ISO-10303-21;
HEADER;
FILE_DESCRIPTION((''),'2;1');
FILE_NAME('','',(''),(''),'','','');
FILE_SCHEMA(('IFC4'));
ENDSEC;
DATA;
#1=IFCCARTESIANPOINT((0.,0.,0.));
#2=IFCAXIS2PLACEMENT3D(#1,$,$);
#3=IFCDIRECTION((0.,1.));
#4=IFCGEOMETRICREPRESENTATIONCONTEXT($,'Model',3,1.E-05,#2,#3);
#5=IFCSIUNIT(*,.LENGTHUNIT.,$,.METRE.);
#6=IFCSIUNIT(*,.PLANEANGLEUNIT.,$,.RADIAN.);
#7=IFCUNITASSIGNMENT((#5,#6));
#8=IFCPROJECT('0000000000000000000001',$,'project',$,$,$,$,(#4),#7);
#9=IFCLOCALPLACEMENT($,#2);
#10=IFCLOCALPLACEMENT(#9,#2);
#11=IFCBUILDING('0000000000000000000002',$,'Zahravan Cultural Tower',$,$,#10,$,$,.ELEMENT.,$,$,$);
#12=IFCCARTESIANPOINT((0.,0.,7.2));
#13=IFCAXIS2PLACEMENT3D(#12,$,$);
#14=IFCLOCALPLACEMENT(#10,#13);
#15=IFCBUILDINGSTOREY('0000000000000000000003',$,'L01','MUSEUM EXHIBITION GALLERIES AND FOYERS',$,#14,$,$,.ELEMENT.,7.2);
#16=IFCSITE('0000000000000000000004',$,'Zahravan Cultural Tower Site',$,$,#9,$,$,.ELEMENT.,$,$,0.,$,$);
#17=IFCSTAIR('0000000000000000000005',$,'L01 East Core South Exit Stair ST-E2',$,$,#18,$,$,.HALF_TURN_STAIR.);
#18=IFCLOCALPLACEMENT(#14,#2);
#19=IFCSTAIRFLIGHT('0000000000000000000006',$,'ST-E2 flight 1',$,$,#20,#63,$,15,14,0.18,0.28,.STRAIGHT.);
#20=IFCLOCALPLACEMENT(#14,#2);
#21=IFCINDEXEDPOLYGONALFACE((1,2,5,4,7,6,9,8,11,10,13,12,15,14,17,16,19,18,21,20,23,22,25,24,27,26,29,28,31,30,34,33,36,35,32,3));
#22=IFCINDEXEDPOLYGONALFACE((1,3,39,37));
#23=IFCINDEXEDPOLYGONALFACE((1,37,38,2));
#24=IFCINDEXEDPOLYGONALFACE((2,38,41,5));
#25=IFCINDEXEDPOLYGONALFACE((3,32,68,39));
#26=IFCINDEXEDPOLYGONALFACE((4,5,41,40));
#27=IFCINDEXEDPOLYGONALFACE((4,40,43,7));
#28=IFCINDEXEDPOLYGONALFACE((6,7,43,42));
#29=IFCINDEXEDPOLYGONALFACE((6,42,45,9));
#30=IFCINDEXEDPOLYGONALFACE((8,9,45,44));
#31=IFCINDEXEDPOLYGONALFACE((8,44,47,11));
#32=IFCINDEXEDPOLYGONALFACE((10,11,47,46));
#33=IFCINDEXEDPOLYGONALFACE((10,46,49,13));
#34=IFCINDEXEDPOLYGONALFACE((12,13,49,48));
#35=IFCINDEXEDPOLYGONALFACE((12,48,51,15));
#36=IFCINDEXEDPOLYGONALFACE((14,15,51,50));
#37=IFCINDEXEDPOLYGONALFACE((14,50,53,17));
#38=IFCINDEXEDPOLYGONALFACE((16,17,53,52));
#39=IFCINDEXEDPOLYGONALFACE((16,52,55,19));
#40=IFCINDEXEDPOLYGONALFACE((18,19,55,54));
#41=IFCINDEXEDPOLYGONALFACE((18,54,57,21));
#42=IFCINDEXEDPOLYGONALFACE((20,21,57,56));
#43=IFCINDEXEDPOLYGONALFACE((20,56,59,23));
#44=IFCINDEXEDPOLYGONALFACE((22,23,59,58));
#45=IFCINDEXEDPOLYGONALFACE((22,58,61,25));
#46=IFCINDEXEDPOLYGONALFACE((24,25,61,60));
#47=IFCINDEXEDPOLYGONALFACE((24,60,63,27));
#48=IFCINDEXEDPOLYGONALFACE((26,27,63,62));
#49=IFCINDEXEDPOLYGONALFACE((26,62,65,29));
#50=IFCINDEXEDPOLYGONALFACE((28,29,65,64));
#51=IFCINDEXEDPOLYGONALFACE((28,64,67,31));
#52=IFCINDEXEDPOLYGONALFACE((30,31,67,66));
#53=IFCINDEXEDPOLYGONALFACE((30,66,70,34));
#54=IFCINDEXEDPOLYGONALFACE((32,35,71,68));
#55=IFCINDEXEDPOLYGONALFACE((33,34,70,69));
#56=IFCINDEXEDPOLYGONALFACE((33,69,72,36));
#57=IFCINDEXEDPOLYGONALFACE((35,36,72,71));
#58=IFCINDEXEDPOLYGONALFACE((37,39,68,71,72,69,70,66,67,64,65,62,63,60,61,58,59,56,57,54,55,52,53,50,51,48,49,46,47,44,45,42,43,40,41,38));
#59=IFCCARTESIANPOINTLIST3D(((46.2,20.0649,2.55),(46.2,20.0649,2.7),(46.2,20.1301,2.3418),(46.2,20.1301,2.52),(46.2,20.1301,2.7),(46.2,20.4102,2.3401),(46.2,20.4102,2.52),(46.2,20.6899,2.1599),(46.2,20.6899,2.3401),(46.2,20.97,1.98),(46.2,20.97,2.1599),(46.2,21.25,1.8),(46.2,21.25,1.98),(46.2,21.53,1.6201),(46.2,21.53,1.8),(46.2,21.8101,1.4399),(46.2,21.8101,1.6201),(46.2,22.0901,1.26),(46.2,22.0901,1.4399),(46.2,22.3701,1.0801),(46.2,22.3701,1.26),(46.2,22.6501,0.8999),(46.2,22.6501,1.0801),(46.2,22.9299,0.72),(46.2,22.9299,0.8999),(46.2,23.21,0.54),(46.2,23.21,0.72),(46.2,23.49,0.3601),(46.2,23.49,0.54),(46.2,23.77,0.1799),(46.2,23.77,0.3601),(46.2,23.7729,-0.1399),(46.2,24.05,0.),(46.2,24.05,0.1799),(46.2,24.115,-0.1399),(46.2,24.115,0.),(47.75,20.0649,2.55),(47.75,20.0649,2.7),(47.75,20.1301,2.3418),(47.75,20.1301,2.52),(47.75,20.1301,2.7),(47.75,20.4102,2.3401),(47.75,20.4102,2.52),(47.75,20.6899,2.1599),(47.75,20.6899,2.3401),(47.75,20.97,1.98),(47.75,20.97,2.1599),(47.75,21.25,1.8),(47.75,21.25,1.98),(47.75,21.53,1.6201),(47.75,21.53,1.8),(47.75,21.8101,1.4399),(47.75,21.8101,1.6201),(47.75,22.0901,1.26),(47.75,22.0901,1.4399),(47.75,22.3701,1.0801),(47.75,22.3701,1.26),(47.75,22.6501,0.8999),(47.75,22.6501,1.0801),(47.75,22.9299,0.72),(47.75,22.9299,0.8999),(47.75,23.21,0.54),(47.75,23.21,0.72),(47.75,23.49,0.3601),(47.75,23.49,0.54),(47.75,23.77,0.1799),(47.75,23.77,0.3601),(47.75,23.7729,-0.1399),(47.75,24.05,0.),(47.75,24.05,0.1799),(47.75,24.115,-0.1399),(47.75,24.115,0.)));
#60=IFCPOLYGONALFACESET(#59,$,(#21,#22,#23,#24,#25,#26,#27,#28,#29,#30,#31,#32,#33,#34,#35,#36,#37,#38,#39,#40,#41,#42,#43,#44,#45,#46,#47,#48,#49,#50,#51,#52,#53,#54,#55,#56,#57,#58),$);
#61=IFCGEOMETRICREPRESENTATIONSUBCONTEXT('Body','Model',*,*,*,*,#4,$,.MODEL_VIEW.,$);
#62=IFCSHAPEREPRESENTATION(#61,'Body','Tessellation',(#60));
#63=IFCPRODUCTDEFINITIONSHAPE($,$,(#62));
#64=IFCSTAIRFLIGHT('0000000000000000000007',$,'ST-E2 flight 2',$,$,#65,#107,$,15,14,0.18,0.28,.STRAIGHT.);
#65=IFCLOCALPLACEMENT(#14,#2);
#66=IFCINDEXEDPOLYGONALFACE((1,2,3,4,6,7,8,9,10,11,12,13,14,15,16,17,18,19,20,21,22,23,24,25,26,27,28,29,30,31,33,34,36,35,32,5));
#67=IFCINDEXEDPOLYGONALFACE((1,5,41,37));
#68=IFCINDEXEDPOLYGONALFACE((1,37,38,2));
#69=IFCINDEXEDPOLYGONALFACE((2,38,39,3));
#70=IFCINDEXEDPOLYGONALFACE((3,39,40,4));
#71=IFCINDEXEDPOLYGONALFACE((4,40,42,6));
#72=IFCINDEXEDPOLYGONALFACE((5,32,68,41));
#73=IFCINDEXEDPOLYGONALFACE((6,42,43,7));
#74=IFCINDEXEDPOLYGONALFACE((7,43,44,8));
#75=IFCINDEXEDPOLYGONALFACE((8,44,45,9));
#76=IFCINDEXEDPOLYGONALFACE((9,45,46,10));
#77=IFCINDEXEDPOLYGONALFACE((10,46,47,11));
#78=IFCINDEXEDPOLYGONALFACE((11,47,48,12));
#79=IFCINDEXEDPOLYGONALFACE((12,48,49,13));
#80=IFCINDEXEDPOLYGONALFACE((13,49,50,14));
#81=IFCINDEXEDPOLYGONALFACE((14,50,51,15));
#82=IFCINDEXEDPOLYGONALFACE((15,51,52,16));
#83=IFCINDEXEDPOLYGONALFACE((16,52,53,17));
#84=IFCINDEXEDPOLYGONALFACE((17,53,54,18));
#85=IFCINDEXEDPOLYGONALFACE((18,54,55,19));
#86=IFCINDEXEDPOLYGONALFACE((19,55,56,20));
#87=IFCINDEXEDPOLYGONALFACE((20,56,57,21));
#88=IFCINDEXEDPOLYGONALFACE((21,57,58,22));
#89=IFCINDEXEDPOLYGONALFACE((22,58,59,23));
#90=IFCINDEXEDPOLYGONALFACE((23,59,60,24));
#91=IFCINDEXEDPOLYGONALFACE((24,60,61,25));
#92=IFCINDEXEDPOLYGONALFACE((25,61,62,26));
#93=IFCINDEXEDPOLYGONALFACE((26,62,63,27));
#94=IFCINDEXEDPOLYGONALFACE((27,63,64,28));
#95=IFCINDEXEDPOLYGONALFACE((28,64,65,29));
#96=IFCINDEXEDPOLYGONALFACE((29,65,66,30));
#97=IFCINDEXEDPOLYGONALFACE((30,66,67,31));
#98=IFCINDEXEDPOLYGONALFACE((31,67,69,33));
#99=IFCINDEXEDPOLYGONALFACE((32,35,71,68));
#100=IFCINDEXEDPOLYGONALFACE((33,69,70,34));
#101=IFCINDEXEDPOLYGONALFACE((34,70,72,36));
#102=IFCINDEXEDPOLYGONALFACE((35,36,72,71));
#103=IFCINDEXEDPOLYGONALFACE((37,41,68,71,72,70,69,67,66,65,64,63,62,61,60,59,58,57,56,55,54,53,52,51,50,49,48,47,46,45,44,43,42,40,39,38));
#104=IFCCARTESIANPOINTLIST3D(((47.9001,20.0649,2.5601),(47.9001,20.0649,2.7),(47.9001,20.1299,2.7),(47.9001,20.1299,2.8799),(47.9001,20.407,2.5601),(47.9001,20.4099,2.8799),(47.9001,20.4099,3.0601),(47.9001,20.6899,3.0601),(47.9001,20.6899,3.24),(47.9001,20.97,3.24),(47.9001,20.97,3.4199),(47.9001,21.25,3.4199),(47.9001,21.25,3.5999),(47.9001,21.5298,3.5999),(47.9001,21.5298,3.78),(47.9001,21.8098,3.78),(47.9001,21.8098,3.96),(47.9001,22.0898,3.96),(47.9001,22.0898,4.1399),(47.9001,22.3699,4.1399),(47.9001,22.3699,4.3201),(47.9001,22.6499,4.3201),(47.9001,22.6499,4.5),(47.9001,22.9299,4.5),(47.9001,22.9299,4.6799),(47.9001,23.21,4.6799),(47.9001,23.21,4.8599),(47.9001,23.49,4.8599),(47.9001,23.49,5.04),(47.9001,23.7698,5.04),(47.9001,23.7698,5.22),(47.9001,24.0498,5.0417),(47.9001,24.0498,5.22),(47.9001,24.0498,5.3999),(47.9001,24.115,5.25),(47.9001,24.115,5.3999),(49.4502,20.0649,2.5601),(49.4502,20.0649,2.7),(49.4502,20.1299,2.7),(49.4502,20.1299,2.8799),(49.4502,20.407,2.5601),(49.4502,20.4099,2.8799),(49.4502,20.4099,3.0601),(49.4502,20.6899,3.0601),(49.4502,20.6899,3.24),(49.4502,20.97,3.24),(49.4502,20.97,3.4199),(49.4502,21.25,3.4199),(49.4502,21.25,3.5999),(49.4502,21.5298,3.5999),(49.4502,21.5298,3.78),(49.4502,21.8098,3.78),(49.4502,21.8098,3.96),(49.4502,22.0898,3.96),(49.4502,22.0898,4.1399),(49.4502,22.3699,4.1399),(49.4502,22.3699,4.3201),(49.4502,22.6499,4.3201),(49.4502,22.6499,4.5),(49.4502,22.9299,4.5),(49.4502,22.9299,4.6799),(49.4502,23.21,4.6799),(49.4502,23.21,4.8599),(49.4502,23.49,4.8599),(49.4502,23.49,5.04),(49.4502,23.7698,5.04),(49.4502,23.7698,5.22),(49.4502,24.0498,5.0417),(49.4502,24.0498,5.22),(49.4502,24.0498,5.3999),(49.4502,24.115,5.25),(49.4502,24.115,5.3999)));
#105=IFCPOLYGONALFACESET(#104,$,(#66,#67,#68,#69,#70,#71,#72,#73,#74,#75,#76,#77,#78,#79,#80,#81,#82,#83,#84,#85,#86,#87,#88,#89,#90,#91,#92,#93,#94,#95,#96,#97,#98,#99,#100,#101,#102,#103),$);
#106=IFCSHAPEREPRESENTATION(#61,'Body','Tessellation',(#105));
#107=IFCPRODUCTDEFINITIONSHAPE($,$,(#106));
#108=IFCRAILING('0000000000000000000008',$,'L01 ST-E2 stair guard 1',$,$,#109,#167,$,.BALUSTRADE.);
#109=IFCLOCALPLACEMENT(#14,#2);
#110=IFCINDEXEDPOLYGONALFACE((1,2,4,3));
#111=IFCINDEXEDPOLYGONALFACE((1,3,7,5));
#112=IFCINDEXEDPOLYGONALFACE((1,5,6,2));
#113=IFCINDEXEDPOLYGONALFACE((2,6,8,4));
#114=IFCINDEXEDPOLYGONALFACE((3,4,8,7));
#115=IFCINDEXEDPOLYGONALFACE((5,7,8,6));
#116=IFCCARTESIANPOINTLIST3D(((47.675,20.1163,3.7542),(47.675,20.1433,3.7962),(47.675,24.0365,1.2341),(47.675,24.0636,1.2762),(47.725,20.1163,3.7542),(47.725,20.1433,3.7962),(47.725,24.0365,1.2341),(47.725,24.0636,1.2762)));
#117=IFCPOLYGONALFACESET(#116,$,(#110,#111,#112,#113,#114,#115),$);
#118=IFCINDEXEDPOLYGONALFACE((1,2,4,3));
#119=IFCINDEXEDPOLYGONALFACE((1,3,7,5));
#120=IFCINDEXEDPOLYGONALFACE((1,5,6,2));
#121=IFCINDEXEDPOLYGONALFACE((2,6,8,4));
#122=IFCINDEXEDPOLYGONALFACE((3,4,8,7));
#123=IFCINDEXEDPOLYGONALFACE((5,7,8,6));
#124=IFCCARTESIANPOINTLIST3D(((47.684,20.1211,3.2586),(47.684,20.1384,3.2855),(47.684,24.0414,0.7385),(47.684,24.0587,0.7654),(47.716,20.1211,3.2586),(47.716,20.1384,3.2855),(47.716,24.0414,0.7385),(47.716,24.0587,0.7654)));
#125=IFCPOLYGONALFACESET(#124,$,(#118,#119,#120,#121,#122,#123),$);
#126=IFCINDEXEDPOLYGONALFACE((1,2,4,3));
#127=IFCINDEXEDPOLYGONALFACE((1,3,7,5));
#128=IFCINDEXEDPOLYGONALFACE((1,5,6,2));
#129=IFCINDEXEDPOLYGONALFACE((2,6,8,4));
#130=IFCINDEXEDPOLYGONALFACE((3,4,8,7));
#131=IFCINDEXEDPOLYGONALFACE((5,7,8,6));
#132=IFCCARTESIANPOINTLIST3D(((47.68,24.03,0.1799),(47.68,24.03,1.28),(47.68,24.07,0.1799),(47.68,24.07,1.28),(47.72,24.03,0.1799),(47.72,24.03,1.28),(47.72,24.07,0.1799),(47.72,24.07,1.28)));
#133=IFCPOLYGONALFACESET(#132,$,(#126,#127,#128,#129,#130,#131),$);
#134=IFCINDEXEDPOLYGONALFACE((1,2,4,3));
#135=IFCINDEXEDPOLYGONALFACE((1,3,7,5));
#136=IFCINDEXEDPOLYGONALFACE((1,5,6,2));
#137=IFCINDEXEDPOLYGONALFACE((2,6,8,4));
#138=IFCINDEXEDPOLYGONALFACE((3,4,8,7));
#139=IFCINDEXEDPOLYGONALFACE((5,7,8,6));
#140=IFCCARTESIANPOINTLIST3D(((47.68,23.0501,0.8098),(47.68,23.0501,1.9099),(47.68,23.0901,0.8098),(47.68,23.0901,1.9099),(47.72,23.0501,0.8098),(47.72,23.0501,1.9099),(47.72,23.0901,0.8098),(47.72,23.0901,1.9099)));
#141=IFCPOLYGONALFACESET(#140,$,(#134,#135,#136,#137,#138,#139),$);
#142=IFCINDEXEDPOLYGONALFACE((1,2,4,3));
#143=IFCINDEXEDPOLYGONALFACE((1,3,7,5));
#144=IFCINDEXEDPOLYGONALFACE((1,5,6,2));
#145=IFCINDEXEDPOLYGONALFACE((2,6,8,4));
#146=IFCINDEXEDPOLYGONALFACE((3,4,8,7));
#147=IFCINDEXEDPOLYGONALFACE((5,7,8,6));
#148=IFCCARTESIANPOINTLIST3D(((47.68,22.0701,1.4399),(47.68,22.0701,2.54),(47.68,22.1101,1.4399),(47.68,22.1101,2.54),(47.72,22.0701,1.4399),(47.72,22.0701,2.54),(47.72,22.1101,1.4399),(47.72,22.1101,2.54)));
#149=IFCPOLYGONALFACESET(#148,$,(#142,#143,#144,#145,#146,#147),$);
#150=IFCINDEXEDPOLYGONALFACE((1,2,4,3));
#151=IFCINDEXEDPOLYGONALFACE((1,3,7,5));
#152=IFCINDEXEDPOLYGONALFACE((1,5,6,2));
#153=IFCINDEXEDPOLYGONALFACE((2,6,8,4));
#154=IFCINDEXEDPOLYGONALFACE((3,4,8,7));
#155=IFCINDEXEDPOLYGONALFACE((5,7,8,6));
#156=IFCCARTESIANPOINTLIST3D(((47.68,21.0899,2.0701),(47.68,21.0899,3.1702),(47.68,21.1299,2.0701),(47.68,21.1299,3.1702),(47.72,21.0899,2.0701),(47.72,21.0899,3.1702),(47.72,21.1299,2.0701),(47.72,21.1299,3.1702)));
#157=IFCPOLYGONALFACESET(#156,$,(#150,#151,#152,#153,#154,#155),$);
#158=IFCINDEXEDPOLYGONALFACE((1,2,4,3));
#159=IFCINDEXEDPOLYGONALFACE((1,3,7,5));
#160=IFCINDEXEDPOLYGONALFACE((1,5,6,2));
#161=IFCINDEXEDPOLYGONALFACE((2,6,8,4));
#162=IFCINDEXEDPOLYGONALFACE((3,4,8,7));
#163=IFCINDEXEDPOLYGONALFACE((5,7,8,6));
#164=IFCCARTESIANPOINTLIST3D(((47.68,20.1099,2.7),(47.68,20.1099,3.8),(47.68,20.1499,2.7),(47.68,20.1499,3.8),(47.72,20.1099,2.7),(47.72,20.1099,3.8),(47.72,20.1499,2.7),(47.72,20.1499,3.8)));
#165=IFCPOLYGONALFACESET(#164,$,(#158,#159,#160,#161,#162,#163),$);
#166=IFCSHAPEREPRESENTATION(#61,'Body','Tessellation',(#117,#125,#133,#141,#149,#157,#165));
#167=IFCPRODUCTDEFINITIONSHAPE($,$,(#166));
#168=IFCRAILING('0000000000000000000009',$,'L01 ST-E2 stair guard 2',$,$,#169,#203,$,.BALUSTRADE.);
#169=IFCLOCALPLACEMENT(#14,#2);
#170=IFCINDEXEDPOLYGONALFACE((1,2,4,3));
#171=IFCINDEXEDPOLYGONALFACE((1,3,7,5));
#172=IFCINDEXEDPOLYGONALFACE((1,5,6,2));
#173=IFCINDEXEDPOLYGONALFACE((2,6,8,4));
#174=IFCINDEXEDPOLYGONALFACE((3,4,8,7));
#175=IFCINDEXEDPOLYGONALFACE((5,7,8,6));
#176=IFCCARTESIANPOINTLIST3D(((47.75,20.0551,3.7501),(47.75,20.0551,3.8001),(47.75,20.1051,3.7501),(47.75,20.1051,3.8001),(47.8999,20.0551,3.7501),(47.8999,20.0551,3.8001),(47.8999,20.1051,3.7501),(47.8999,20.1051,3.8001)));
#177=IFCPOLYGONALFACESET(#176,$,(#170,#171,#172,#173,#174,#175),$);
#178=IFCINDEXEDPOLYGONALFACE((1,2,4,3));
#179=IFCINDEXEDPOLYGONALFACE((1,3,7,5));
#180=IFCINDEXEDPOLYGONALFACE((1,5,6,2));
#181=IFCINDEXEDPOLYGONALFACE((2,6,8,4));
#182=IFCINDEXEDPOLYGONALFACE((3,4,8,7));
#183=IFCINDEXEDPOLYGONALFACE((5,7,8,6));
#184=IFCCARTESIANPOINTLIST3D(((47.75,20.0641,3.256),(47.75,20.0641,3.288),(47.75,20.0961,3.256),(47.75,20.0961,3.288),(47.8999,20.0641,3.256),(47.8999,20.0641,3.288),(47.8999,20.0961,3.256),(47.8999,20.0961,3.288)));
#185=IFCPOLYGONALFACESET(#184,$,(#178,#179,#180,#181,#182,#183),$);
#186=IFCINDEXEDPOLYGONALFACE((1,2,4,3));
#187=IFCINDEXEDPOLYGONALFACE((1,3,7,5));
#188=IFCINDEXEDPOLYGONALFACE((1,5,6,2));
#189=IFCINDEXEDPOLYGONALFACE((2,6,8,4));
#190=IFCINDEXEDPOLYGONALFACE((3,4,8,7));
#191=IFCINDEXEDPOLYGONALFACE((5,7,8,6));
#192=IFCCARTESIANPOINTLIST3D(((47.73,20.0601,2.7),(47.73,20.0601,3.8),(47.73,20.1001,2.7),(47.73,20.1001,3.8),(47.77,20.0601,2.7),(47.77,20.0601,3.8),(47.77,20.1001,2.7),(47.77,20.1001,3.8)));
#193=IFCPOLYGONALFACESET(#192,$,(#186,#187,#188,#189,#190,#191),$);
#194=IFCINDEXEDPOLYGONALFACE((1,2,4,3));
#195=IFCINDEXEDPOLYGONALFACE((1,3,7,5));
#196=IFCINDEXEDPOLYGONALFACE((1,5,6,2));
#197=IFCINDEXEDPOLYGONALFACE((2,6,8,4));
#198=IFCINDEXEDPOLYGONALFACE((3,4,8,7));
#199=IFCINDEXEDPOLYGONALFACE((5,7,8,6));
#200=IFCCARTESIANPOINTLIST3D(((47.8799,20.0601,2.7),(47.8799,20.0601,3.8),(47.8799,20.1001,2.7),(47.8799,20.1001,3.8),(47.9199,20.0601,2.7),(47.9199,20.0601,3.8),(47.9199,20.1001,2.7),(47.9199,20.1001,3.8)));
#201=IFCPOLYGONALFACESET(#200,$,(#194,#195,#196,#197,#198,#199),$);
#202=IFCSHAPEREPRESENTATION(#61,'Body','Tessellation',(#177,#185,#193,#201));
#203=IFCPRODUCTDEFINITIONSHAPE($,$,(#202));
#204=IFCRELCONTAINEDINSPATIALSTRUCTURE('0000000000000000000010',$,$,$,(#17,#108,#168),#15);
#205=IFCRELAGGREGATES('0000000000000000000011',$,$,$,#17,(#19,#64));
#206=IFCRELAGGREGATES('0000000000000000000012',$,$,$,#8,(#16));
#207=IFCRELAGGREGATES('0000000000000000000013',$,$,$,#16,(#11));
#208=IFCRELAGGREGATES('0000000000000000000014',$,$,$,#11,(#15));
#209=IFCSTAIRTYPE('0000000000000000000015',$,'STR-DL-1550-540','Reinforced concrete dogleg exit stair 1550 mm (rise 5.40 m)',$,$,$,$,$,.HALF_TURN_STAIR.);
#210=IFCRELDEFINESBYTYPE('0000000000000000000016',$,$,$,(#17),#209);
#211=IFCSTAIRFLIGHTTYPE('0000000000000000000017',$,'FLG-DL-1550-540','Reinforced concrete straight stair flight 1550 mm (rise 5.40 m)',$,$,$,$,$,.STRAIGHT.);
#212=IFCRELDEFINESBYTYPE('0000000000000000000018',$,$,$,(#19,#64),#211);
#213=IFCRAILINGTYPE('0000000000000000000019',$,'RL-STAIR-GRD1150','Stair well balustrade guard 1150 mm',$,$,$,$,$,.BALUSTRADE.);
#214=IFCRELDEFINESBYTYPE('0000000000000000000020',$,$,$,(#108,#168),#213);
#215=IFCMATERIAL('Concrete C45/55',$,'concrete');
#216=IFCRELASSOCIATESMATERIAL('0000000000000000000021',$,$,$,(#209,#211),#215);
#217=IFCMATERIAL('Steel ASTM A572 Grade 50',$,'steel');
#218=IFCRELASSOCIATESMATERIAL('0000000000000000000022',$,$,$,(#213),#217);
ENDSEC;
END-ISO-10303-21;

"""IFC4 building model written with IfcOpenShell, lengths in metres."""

from ifc_helpers import new_model, si_unit, direction, frame, origin, origin_2d, place, context, subcontext, project, spatial, polyline, rectangle, outline, extrude, material, type_object, element, aggregate, save


model = new_model("IFC4")

# Units and contexts
model_context = context("Model", 3, precision=1e-05, world=origin(), true_north=direction((0.0, 1.0)))
body_context = subcontext(model_context, "Body", "Model", "MODEL_VIEW")
ifc_project = project(units=[si_unit("LENGTHUNIT", "METRE"), si_unit("PLANEANGLEUNIT", "RADIAN")], contexts=[model_context])

# Site, building, storey
site_placement = place(None, origin())
site = spatial("IfcSite", under=ifc_project, at=site_placement, Name="Zahravan Cultural Tower Site", CompositionType="ELEMENT", RefElevation=0.0)
building_placement = place(site_placement, origin())
building = spatial("IfcBuilding", under=site, at=building_placement, Name="Zahravan Cultural Tower", CompositionType="ELEMENT")
storey_placement = place(building_placement, frame((0.0, 0.0, 7.2)))
storey = spatial("IfcBuildingStorey", under=building, at=storey_placement, Name="L01", Description="MUSEUM EXHIBITION GALLERIES AND FOYERS", CompositionType="ELEMENT", Elevation=7.2)

# Shared definitions
ifc_material_1 = material(Name="Concrete C45/55", Category="concrete")
ifc_material_2 = material(Name="Steel ASTM A572 Grade 50", Category="steel")

# Stair, stair flights
stair_type = type_object("IfcStairType", Name="STR-DL-1550-540", Description="Reinforced concrete dogleg exit stair 1550 mm (rise 5.40 m)", PredefinedType="HALF_TURN_STAIR", material=ifc_material_1)
stair_placement = place(storey_placement, origin())
stair = element("IfcStair", 1, at=stair_placement, inside=storey, type_object=stair_type, Name="L01 East Core South Exit Stair ST-E2", PredefinedType="HALF_TURN_STAIR")
stair_flight_type = type_object("IfcStairFlightType", Name="FLG-DL-1550-540", Description="Reinforced concrete straight stair flight 1550 mm (rise 5.40 m)", PredefinedType="STRAIGHT", material=ifc_material_1)
stair_flight_1_placement = place(storey_placement, frame((46.9751, 24.05, 0.0), z_axis=(0.0, 0.0, 1.0), x_axis=(0.0, -1.0, 0.0)))
stair_flight_1 = element("IfcStairFlight", 2, at=stair_flight_1_placement, type_object=stair_flight_type, Name="ST-E2 flight 1", NumberOfRisers=15, NumberOfTreads=14, PredefinedType="STRAIGHT", RiserHeight=0.18, TreadLength=0.28, context=body_context, shape_type="SweptSolid", body=[
    extrude(outline(polyline([(-0.0649, -0.1399), (-0.0649, 0.0), (0.0, 0.0), (0.0, 0.1799), (0.28, 0.1799), (0.28, 0.3601), (0.5601, 0.3601), (0.5601, 0.54), (0.8401, 0.54), (0.8401, 0.72), (1.1201, 0.72), (1.1201, 0.8999), (1.3999, 0.8999), (1.3999, 1.0801), (1.6799, 1.0801), (1.6799, 1.26), (1.96, 1.26), (1.96, 1.4399), (2.24, 1.4399), (2.24, 1.6201), (2.52, 1.6201), (2.52, 1.8), (2.8, 1.8), (2.8, 1.98), (3.0801, 1.98), (3.0801, 2.1599), (3.3601, 2.1599), (3.3601, 2.3401), (3.6399, 2.3401), (3.6399, 2.52), (3.9199, 2.52), (3.9199, 2.7), (3.9851, 2.7), (3.9851, 2.55), (3.9199, 2.3418), (0.2771, -0.1399), (-0.0649, -0.1399)])), frame((0.0, 0.7749, 0.0), z_axis=(0.0, -1.0, 0.0), x_axis=(1.0, 0.0, 0.0)), (0.0, 0.0, 1.0), 1.55),
])
stair_flight_2_placement = place(storey_placement, frame((48.675, 20.1299, 2.7), z_axis=(0.0, 0.0, 1.0), x_axis=(0.0, 1.0, 0.0)))
stair_flight_2 = element("IfcStairFlight", 3, at=stair_flight_2_placement, type_object=stair_flight_type, Name="ST-E2 flight 2", NumberOfRisers=15, NumberOfTreads=14, PredefinedType="STRAIGHT", RiserHeight=0.18, TreadLength=0.28, context=body_context, shape_type="SweptSolid", body=[
    extrude(outline(polyline([(-0.0649, -0.1399), (-0.0649, 0.0), (0.0, 0.0), (0.0, 0.1799), (0.28, 0.1799), (0.28, 0.3601), (0.5601, 0.3601), (0.5601, 0.54), (0.8401, 0.54), (0.8401, 0.72), (1.1201, 0.72), (1.1201, 0.8999), (1.3999, 0.8999), (1.3999, 1.0801), (1.6799, 1.0801), (1.6799, 1.26), (1.96, 1.26), (1.96, 1.4399), (2.24, 1.4399), (2.24, 1.6201), (2.52, 1.6201), (2.52, 1.8), (2.8, 1.8), (2.8, 1.98), (3.0801, 1.98), (3.0801, 2.1599), (3.3601, 2.1599), (3.3601, 2.3401), (3.6399, 2.3401), (3.6399, 2.52), (3.9199, 2.52), (3.9199, 2.7), (3.9851, 2.7), (3.9851, 2.55), (3.9199, 2.3418), (0.2771, -0.1399), (-0.0649, -0.1399)])), frame((0.0, 0.7749, 0.0), z_axis=(0.0, -1.0, 0.0), x_axis=(1.0, 0.0, 0.0)), (0.0, 0.0, 1.0), 1.55),
])
aggregate(stair, [stair_flight_1, stair_flight_2])

# Railings
railing_type_1 = type_object("IfcRailingType", Name="RL-STAIR-GRD1150", Description="Stair well balustrade guard 1150 mm", PredefinedType="BALUSTRADE", material=ifc_material_2)
railing_1_placement = place(storey_placement, frame((47.7, 24.05, 0.1799)))
element("IfcRailing", 4, at=railing_1_placement, inside=storey, type_object=railing_type_1, Name="L01 ST-E2 stair guard 1", PredefinedType="BALUSTRADE", context=body_context, shape_type="SweptSolid", body=[
    extrude(rectangle(XDim=0.05, YDim=0.05, at=origin_2d()), frame((0.0, 0.0, 1.0752), z_axis=(0.0, -0.841187, 0.540744), x_axis=(1.0, 0.0, 0.0)), (0.0, 0.0, 1.0), 4.6604),
    extrude(rectangle(XDim=0.032, YDim=0.032, at=origin_2d()), frame((0.0, 0.0, 0.572), z_axis=(0.0, -0.841187, 0.540744), x_axis=(1.0, 0.0, 0.0)), (0.0, 0.0, 1.0), 4.6604),
    extrude(rectangle(XDim=0.04, YDim=0.04, at=origin_2d()), origin(), (0.0, 0.0, 1.0), 1.1001),
    extrude(rectangle(XDim=0.04, YDim=0.04, at=origin_2d()), frame((0.0, -0.98, 0.6299)), (0.0, 0.0, 1.0), 1.1001),
    extrude(rectangle(XDim=0.04, YDim=0.04, at=origin_2d()), frame((0.0, -1.96, 1.26)), (0.0, 0.0, 1.0), 1.1001),
    extrude(rectangle(XDim=0.04, YDim=0.04, at=origin_2d()), frame((0.0, -2.9402, 1.8901)), (0.0, 0.0, 1.0), 1.1001),
    extrude(rectangle(XDim=0.04, YDim=0.04, at=origin_2d()), frame((0.0, -3.9202, 2.52)), (0.0, 0.0, 1.0), 1.1001),
])
railing_2_placement = place(storey_placement, frame((47.75, 20.0801, 2.7)))
element("IfcRailing", 5, at=railing_2_placement, inside=storey, type_object=railing_type_1, Name="L01 ST-E2 stair guard 2", PredefinedType="BALUSTRADE", context=body_context, shape_type="SweptSolid", body=[
    extrude(rectangle(XDim=0.05, YDim=0.05, at=origin_2d()), frame((0.0, 0.0, 1.0752), z_axis=(1.0, 0.0, 0.0), x_axis=(0.0, 1.0, 0.0)), (0.0, 0.0, 1.0), 0.1499),
    extrude(rectangle(XDim=0.032, YDim=0.032, at=origin_2d()), frame((0.0, 0.0, 0.572), z_axis=(1.0, 0.0, 0.0), x_axis=(0.0, 1.0, 0.0)), (0.0, 0.0, 1.0), 0.1499),
    extrude(rectangle(XDim=0.04, YDim=0.04, at=origin_2d()), origin(), (0.0, 0.0, 1.0), 1.1001),
    extrude(rectangle(XDim=0.04, YDim=0.04, at=origin_2d()), frame((0.1499, 0.0, 0.0)), (0.0, 0.0, 1.0), 1.1001),
])

save(model, "model.ifc")
